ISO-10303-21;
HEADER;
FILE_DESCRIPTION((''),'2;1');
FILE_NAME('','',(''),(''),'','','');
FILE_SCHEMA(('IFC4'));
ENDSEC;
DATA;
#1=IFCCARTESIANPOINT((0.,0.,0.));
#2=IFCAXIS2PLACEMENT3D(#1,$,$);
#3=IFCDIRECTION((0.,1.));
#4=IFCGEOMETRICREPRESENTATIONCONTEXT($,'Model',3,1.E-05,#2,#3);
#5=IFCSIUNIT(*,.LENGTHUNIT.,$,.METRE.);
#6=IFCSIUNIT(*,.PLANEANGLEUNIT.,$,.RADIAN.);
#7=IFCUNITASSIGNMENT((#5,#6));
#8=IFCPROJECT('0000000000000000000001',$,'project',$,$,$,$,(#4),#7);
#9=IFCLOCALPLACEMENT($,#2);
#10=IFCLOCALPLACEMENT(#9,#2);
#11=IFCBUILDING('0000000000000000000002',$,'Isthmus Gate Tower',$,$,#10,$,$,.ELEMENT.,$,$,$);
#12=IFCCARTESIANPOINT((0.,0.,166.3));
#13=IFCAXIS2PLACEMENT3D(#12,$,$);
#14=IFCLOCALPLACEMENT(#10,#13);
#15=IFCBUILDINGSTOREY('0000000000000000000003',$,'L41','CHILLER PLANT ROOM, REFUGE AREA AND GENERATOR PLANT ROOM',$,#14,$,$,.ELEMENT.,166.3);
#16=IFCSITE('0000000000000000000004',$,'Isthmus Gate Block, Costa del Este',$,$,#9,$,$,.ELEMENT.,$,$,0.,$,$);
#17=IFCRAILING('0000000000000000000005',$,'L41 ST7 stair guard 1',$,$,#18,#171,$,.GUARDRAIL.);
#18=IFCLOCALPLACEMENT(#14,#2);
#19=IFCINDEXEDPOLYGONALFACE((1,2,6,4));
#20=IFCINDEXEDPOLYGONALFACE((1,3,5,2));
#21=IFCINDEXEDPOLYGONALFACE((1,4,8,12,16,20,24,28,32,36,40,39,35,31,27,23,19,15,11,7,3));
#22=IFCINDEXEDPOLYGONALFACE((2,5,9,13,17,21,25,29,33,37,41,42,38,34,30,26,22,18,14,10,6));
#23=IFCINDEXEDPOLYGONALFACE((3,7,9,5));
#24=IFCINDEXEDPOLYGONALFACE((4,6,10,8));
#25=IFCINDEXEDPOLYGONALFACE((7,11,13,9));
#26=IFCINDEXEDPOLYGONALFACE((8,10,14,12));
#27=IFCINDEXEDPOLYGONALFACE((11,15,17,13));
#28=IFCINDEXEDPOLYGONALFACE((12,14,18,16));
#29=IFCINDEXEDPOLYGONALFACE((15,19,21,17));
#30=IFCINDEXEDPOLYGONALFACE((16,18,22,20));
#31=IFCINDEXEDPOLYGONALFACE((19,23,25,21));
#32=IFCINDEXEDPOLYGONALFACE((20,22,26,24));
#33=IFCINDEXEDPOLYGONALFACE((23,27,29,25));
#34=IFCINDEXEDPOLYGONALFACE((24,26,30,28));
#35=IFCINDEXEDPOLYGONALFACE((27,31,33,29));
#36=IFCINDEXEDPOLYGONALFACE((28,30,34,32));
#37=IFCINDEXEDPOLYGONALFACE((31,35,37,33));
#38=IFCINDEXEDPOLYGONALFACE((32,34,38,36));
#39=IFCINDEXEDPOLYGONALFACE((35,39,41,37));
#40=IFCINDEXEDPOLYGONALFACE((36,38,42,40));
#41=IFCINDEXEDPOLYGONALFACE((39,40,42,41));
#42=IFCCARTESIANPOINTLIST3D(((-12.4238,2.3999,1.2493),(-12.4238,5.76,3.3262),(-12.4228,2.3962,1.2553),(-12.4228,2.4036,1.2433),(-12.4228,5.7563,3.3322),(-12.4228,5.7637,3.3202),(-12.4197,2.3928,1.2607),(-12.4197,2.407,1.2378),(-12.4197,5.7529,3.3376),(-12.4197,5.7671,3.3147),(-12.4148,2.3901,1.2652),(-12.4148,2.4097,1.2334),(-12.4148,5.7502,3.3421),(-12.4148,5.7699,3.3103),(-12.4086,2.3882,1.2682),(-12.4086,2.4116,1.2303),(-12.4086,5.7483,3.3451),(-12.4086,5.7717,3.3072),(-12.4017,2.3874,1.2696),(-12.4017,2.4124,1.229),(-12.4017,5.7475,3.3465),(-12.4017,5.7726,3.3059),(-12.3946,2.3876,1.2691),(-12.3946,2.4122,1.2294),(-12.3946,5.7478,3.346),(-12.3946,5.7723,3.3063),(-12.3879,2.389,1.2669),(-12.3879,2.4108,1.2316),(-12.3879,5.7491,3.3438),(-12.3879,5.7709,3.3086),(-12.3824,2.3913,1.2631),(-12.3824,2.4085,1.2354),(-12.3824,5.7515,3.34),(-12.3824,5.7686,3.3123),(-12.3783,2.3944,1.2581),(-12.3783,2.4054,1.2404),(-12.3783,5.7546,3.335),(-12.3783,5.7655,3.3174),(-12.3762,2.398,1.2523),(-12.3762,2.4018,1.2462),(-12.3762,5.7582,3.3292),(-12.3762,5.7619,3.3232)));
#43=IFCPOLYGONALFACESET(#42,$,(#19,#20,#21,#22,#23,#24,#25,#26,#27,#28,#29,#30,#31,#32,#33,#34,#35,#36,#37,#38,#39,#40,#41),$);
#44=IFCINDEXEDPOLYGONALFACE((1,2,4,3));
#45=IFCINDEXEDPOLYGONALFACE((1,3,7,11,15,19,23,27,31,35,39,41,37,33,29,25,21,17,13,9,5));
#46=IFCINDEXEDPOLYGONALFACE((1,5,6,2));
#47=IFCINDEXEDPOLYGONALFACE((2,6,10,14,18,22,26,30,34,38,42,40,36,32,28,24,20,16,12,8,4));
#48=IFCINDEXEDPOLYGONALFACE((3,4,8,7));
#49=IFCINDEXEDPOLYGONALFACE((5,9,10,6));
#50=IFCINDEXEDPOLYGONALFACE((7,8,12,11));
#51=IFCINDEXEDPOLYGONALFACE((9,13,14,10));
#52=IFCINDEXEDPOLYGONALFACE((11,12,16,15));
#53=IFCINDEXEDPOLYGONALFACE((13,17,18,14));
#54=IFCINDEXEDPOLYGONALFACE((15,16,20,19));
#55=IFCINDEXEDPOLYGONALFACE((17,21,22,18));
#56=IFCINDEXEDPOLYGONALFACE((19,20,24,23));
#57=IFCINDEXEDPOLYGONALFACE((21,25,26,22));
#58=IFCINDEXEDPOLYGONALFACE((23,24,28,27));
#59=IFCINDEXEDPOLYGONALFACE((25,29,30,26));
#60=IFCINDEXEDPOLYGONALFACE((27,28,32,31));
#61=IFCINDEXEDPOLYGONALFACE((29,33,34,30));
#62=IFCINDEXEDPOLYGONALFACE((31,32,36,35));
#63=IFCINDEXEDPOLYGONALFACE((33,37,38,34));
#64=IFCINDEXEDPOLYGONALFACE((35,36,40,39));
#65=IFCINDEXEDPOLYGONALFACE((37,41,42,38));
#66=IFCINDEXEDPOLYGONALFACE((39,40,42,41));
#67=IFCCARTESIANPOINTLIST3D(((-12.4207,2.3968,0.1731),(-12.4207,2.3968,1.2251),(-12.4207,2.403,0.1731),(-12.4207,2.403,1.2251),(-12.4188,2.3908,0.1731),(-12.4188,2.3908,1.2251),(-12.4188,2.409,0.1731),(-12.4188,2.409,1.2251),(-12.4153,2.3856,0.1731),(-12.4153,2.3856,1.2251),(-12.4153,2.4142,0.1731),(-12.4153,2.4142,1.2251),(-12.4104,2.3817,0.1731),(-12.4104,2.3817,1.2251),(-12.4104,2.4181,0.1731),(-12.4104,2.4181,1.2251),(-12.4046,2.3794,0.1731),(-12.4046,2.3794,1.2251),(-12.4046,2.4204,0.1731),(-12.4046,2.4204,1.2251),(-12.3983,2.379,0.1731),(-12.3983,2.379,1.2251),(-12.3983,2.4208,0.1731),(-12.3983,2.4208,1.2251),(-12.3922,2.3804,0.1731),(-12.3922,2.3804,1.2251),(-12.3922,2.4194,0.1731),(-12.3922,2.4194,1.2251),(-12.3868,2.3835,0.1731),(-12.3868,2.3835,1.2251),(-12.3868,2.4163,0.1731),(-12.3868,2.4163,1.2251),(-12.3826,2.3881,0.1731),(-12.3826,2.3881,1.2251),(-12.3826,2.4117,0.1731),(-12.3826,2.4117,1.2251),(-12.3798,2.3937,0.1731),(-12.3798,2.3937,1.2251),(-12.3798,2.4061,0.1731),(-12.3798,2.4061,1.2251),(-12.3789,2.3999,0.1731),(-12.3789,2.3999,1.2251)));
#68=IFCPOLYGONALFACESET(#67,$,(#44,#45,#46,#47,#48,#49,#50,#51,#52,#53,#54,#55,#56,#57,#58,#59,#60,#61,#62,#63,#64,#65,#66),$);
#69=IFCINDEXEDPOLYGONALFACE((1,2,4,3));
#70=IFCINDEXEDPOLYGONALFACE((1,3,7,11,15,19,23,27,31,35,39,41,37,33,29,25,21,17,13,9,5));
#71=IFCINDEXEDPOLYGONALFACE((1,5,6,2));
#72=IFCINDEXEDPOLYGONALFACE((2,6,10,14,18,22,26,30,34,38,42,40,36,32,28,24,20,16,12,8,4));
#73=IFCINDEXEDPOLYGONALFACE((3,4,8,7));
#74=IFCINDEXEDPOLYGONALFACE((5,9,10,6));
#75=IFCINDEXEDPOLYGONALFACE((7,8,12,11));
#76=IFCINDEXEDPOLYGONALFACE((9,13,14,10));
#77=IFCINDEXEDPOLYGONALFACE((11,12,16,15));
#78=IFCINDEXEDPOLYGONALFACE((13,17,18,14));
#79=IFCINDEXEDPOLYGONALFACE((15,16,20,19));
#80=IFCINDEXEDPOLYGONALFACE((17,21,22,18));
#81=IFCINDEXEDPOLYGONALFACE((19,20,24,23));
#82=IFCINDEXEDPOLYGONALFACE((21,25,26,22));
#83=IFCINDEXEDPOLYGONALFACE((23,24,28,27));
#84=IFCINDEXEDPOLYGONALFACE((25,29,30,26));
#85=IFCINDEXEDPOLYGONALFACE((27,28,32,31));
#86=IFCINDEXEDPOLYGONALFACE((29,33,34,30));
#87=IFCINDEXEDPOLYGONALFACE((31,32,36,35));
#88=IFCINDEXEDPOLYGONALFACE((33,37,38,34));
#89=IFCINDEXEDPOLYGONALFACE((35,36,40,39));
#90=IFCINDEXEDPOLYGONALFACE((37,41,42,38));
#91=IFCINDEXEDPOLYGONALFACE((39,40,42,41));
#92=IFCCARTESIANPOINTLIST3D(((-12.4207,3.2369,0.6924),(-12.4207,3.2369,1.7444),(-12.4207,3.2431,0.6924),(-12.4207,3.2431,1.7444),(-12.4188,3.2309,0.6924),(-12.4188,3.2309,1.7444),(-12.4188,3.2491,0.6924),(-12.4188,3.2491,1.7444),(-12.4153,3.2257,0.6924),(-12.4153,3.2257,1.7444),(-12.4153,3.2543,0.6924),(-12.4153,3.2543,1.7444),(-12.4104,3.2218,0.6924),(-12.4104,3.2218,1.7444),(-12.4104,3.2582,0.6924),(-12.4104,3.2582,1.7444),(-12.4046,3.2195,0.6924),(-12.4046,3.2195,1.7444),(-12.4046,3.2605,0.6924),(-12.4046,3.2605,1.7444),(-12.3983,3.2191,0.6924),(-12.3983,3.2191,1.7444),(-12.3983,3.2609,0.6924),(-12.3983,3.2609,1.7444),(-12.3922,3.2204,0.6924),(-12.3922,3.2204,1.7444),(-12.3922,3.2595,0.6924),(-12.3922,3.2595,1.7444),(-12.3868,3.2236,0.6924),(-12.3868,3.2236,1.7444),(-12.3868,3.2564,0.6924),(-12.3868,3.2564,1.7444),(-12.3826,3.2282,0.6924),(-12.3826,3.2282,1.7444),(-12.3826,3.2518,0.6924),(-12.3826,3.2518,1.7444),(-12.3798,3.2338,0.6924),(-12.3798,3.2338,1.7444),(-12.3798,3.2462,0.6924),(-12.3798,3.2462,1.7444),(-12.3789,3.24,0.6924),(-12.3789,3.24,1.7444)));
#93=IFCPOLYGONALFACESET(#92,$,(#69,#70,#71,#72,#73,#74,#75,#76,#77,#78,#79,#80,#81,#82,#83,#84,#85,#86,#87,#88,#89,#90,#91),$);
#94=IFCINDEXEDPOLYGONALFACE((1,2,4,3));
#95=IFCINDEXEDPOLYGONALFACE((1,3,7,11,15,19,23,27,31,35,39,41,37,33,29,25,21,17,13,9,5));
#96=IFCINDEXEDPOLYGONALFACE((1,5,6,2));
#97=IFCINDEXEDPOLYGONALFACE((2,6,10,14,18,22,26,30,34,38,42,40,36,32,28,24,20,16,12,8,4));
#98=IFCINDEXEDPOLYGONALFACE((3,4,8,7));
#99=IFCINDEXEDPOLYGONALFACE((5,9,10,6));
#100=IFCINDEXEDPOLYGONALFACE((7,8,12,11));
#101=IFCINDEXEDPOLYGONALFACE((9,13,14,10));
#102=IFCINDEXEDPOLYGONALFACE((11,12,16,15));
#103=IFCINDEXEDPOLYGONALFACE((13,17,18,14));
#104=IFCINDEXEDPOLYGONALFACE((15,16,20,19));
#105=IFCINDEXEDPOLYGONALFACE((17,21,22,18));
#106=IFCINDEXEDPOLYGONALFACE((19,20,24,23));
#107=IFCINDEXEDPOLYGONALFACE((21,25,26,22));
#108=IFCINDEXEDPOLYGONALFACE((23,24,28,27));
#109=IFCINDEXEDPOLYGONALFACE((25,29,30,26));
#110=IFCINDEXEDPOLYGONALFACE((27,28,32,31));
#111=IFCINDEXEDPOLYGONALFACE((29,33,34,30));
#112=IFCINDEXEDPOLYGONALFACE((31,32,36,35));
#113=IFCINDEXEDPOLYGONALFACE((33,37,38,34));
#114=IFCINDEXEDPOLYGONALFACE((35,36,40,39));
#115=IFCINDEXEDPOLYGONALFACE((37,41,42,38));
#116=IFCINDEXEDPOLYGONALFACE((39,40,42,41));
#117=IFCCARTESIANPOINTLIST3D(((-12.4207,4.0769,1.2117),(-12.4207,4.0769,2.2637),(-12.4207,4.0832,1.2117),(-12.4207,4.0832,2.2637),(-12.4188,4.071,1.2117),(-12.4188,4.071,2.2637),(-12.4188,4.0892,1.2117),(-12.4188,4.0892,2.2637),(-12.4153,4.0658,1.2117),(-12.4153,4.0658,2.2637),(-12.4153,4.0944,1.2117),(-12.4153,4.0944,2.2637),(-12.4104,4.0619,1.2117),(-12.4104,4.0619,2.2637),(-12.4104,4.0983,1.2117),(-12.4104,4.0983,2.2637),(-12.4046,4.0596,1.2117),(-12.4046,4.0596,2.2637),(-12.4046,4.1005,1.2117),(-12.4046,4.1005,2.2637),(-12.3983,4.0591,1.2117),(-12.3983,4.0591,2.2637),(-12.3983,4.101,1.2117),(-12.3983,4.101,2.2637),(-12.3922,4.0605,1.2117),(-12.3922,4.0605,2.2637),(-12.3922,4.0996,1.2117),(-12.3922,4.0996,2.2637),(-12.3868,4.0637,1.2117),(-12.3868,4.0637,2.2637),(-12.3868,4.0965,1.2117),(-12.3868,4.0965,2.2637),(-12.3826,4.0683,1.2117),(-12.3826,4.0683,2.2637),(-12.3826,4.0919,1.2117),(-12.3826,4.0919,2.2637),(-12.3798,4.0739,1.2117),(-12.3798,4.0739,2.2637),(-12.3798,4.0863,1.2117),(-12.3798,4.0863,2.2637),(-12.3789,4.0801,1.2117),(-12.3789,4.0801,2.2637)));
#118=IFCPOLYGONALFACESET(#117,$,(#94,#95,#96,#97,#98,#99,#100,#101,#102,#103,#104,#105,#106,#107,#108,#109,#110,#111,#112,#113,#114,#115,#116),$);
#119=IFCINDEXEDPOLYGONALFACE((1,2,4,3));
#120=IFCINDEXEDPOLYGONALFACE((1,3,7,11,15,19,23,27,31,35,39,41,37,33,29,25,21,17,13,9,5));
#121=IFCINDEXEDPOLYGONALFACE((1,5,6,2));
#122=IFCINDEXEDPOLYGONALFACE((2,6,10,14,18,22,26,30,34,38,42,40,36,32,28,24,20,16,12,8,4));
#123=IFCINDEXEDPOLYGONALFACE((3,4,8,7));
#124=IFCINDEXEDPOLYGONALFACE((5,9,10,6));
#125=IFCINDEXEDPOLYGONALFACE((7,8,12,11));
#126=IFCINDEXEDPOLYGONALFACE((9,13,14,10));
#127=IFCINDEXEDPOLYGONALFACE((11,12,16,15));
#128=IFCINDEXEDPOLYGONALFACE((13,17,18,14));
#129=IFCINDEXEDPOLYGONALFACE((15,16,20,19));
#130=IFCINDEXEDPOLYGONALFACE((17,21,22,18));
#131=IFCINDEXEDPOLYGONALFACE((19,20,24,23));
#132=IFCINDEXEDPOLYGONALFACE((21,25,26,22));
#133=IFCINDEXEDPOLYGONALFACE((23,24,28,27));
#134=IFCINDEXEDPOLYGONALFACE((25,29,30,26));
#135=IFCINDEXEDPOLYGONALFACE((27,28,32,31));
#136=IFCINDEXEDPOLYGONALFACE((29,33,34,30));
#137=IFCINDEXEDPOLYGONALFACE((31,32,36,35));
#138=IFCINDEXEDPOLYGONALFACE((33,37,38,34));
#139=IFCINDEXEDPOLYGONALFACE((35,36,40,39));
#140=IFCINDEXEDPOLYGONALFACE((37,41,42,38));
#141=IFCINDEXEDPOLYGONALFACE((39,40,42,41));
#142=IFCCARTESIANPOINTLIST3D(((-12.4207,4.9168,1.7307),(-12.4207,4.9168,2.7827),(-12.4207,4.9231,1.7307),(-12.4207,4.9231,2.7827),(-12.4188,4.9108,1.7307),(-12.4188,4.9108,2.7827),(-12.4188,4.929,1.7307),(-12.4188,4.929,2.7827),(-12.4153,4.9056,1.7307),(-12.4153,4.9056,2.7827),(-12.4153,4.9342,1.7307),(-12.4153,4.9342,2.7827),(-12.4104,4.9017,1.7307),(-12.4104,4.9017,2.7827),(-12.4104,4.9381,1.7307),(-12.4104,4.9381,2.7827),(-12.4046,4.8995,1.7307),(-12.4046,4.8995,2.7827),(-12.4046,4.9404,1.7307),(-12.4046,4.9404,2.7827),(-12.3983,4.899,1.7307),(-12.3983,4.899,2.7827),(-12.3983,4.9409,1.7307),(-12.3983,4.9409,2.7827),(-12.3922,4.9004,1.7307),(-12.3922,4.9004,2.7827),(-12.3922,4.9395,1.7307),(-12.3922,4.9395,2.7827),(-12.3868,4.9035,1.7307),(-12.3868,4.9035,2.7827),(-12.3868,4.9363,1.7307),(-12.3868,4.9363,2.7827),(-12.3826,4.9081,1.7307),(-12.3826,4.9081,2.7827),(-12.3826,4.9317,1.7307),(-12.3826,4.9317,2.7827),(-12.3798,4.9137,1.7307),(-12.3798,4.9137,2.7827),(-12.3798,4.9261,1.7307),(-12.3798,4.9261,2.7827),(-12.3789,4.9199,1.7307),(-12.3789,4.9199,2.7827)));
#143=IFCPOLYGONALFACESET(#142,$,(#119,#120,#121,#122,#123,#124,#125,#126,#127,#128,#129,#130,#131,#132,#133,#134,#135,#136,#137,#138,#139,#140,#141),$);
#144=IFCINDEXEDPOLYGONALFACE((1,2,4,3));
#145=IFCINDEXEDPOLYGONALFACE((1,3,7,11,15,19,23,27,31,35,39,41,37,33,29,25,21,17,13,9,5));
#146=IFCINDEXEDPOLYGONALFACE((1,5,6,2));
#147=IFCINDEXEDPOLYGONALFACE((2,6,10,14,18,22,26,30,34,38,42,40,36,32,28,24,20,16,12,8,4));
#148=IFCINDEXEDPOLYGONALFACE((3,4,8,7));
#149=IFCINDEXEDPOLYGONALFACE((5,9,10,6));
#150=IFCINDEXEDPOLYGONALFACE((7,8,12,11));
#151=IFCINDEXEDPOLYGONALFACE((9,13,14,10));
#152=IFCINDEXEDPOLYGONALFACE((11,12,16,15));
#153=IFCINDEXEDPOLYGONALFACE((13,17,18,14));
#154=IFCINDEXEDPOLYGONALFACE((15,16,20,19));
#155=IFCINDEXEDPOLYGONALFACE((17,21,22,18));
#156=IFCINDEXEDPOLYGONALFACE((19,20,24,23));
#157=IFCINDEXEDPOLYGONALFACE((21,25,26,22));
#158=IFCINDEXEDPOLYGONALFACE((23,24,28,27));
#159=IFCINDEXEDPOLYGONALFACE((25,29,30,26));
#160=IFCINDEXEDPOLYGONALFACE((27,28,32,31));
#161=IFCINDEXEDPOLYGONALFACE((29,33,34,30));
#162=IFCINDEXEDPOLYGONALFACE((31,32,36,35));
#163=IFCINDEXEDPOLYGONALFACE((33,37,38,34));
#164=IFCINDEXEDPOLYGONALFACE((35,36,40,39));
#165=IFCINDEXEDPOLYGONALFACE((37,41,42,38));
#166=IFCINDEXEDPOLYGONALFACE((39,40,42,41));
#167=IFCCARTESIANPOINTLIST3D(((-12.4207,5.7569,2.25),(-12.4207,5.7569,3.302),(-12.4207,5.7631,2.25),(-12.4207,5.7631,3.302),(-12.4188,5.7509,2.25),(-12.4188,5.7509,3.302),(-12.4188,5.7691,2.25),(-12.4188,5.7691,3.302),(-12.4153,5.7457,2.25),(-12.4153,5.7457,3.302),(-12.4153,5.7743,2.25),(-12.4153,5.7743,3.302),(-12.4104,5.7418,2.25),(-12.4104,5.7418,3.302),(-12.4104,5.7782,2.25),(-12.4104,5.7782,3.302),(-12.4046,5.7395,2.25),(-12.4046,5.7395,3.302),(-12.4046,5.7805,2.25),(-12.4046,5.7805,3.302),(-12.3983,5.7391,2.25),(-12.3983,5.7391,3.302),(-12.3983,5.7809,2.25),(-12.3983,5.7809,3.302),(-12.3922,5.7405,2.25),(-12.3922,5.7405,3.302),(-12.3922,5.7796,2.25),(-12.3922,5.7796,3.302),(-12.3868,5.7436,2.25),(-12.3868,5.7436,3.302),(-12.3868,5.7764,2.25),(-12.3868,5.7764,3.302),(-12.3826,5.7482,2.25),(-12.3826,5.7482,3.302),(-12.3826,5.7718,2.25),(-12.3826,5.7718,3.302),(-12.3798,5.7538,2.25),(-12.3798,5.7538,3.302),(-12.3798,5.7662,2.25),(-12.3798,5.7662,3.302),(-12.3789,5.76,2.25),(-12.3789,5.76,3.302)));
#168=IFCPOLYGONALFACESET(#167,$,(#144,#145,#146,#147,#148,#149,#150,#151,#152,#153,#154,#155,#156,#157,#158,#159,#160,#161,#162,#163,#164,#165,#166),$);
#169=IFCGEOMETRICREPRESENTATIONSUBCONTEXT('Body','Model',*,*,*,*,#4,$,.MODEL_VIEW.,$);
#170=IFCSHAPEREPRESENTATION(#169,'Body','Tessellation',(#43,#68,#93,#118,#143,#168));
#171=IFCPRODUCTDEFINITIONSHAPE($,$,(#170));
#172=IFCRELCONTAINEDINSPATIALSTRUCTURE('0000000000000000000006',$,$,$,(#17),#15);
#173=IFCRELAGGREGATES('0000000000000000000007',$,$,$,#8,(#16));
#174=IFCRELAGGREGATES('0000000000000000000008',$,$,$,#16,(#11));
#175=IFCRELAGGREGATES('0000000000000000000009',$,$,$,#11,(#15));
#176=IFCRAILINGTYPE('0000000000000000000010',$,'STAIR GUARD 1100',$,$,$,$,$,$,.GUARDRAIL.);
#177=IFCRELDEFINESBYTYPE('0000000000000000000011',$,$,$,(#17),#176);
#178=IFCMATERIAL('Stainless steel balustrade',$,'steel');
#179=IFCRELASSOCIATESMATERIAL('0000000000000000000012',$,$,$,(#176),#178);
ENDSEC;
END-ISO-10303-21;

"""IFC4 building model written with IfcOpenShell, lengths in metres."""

from ifc_helpers import new_model, si_unit, direction, frame, origin, origin_2d, place, context, subcontext, project, spatial, circle, extrude, material, type_object, element, save


model = new_model("IFC4")

# Units and contexts
model_context = context("Model", 3, precision=1e-05, world=origin(), true_north=direction((0.0, 1.0)))
body_context = subcontext(model_context, "Body", "Model", "MODEL_VIEW")
ifc_project = project(units=[si_unit("LENGTHUNIT", "METRE"), si_unit("PLANEANGLEUNIT", "RADIAN")], contexts=[model_context])

# Site, building, storey
site_placement = place(None, origin())
site = spatial("IfcSite", under=ifc_project, at=site_placement, Name="Isthmus Gate Block, Costa del Este", CompositionType="ELEMENT", RefElevation=0.0)
building_placement = place(site_placement, origin())
building = spatial("IfcBuilding", under=site, at=building_placement, Name="Isthmus Gate Tower", CompositionType="ELEMENT")
storey_placement = place(building_placement, frame((0.0, 0.0, 166.3)))
storey = spatial("IfcBuildingStorey", under=building, at=storey_placement, Name="L41", Description="CHILLER PLANT ROOM, REFUGE AREA AND GENERATOR PLANT ROOM", CompositionType="ELEMENT", Elevation=166.3)

# Railing
ifc_material_1 = material(Name="Stainless steel balustrade", Category="steel")
railing_type_1 = type_object("IfcRailingType", Name="STAIR GUARD 1100", PredefinedType="GUARDRAIL", material=ifc_material_1)
for number, where, name in (
    (1, (-12.3999, 2.3999, 0.1731), "L41 ST7 stair guard 1"),
):
    element("IfcRailing", number, at=place(storey_placement, frame(where)), inside=storey, type_object=railing_type_1, Name=name, PredefinedType="GUARDRAIL", context=body_context, shape_type="SweptSolid", body=[
        extrude(circle(Radius=0.0239, at=origin_2d()), frame((0.0, 0.0, 1.0762), z_axis=(0.0, 0.850623, 0.525776), x_axis=(-1.0, 0.0, 0.0)), (0.0, 0.0, 1.0), 3.9502),
        extrude(circle(Radius=0.021, at=origin_2d()), origin(), (0.0, 0.0, 1.0), 1.052),
        extrude(circle(Radius=0.021, at=origin_2d()), frame((0.0, 0.8401, 0.5193)), (0.0, 0.0, 1.0), 1.052),
        extrude(circle(Radius=0.021, at=origin_2d()), frame((0.0, 1.6802, 1.0386)), (0.0, 0.0, 1.0), 1.052),
        extrude(circle(Radius=0.021, at=origin_2d()), frame((0.0, 2.52, 1.5576)), (0.0, 0.0, 1.0), 1.052),
        extrude(circle(Radius=0.021, at=origin_2d()), frame((0.0, 3.3601, 2.0769)), (0.0, 0.0, 1.0), 1.052),
    ])

save(model, "model.ifc")
